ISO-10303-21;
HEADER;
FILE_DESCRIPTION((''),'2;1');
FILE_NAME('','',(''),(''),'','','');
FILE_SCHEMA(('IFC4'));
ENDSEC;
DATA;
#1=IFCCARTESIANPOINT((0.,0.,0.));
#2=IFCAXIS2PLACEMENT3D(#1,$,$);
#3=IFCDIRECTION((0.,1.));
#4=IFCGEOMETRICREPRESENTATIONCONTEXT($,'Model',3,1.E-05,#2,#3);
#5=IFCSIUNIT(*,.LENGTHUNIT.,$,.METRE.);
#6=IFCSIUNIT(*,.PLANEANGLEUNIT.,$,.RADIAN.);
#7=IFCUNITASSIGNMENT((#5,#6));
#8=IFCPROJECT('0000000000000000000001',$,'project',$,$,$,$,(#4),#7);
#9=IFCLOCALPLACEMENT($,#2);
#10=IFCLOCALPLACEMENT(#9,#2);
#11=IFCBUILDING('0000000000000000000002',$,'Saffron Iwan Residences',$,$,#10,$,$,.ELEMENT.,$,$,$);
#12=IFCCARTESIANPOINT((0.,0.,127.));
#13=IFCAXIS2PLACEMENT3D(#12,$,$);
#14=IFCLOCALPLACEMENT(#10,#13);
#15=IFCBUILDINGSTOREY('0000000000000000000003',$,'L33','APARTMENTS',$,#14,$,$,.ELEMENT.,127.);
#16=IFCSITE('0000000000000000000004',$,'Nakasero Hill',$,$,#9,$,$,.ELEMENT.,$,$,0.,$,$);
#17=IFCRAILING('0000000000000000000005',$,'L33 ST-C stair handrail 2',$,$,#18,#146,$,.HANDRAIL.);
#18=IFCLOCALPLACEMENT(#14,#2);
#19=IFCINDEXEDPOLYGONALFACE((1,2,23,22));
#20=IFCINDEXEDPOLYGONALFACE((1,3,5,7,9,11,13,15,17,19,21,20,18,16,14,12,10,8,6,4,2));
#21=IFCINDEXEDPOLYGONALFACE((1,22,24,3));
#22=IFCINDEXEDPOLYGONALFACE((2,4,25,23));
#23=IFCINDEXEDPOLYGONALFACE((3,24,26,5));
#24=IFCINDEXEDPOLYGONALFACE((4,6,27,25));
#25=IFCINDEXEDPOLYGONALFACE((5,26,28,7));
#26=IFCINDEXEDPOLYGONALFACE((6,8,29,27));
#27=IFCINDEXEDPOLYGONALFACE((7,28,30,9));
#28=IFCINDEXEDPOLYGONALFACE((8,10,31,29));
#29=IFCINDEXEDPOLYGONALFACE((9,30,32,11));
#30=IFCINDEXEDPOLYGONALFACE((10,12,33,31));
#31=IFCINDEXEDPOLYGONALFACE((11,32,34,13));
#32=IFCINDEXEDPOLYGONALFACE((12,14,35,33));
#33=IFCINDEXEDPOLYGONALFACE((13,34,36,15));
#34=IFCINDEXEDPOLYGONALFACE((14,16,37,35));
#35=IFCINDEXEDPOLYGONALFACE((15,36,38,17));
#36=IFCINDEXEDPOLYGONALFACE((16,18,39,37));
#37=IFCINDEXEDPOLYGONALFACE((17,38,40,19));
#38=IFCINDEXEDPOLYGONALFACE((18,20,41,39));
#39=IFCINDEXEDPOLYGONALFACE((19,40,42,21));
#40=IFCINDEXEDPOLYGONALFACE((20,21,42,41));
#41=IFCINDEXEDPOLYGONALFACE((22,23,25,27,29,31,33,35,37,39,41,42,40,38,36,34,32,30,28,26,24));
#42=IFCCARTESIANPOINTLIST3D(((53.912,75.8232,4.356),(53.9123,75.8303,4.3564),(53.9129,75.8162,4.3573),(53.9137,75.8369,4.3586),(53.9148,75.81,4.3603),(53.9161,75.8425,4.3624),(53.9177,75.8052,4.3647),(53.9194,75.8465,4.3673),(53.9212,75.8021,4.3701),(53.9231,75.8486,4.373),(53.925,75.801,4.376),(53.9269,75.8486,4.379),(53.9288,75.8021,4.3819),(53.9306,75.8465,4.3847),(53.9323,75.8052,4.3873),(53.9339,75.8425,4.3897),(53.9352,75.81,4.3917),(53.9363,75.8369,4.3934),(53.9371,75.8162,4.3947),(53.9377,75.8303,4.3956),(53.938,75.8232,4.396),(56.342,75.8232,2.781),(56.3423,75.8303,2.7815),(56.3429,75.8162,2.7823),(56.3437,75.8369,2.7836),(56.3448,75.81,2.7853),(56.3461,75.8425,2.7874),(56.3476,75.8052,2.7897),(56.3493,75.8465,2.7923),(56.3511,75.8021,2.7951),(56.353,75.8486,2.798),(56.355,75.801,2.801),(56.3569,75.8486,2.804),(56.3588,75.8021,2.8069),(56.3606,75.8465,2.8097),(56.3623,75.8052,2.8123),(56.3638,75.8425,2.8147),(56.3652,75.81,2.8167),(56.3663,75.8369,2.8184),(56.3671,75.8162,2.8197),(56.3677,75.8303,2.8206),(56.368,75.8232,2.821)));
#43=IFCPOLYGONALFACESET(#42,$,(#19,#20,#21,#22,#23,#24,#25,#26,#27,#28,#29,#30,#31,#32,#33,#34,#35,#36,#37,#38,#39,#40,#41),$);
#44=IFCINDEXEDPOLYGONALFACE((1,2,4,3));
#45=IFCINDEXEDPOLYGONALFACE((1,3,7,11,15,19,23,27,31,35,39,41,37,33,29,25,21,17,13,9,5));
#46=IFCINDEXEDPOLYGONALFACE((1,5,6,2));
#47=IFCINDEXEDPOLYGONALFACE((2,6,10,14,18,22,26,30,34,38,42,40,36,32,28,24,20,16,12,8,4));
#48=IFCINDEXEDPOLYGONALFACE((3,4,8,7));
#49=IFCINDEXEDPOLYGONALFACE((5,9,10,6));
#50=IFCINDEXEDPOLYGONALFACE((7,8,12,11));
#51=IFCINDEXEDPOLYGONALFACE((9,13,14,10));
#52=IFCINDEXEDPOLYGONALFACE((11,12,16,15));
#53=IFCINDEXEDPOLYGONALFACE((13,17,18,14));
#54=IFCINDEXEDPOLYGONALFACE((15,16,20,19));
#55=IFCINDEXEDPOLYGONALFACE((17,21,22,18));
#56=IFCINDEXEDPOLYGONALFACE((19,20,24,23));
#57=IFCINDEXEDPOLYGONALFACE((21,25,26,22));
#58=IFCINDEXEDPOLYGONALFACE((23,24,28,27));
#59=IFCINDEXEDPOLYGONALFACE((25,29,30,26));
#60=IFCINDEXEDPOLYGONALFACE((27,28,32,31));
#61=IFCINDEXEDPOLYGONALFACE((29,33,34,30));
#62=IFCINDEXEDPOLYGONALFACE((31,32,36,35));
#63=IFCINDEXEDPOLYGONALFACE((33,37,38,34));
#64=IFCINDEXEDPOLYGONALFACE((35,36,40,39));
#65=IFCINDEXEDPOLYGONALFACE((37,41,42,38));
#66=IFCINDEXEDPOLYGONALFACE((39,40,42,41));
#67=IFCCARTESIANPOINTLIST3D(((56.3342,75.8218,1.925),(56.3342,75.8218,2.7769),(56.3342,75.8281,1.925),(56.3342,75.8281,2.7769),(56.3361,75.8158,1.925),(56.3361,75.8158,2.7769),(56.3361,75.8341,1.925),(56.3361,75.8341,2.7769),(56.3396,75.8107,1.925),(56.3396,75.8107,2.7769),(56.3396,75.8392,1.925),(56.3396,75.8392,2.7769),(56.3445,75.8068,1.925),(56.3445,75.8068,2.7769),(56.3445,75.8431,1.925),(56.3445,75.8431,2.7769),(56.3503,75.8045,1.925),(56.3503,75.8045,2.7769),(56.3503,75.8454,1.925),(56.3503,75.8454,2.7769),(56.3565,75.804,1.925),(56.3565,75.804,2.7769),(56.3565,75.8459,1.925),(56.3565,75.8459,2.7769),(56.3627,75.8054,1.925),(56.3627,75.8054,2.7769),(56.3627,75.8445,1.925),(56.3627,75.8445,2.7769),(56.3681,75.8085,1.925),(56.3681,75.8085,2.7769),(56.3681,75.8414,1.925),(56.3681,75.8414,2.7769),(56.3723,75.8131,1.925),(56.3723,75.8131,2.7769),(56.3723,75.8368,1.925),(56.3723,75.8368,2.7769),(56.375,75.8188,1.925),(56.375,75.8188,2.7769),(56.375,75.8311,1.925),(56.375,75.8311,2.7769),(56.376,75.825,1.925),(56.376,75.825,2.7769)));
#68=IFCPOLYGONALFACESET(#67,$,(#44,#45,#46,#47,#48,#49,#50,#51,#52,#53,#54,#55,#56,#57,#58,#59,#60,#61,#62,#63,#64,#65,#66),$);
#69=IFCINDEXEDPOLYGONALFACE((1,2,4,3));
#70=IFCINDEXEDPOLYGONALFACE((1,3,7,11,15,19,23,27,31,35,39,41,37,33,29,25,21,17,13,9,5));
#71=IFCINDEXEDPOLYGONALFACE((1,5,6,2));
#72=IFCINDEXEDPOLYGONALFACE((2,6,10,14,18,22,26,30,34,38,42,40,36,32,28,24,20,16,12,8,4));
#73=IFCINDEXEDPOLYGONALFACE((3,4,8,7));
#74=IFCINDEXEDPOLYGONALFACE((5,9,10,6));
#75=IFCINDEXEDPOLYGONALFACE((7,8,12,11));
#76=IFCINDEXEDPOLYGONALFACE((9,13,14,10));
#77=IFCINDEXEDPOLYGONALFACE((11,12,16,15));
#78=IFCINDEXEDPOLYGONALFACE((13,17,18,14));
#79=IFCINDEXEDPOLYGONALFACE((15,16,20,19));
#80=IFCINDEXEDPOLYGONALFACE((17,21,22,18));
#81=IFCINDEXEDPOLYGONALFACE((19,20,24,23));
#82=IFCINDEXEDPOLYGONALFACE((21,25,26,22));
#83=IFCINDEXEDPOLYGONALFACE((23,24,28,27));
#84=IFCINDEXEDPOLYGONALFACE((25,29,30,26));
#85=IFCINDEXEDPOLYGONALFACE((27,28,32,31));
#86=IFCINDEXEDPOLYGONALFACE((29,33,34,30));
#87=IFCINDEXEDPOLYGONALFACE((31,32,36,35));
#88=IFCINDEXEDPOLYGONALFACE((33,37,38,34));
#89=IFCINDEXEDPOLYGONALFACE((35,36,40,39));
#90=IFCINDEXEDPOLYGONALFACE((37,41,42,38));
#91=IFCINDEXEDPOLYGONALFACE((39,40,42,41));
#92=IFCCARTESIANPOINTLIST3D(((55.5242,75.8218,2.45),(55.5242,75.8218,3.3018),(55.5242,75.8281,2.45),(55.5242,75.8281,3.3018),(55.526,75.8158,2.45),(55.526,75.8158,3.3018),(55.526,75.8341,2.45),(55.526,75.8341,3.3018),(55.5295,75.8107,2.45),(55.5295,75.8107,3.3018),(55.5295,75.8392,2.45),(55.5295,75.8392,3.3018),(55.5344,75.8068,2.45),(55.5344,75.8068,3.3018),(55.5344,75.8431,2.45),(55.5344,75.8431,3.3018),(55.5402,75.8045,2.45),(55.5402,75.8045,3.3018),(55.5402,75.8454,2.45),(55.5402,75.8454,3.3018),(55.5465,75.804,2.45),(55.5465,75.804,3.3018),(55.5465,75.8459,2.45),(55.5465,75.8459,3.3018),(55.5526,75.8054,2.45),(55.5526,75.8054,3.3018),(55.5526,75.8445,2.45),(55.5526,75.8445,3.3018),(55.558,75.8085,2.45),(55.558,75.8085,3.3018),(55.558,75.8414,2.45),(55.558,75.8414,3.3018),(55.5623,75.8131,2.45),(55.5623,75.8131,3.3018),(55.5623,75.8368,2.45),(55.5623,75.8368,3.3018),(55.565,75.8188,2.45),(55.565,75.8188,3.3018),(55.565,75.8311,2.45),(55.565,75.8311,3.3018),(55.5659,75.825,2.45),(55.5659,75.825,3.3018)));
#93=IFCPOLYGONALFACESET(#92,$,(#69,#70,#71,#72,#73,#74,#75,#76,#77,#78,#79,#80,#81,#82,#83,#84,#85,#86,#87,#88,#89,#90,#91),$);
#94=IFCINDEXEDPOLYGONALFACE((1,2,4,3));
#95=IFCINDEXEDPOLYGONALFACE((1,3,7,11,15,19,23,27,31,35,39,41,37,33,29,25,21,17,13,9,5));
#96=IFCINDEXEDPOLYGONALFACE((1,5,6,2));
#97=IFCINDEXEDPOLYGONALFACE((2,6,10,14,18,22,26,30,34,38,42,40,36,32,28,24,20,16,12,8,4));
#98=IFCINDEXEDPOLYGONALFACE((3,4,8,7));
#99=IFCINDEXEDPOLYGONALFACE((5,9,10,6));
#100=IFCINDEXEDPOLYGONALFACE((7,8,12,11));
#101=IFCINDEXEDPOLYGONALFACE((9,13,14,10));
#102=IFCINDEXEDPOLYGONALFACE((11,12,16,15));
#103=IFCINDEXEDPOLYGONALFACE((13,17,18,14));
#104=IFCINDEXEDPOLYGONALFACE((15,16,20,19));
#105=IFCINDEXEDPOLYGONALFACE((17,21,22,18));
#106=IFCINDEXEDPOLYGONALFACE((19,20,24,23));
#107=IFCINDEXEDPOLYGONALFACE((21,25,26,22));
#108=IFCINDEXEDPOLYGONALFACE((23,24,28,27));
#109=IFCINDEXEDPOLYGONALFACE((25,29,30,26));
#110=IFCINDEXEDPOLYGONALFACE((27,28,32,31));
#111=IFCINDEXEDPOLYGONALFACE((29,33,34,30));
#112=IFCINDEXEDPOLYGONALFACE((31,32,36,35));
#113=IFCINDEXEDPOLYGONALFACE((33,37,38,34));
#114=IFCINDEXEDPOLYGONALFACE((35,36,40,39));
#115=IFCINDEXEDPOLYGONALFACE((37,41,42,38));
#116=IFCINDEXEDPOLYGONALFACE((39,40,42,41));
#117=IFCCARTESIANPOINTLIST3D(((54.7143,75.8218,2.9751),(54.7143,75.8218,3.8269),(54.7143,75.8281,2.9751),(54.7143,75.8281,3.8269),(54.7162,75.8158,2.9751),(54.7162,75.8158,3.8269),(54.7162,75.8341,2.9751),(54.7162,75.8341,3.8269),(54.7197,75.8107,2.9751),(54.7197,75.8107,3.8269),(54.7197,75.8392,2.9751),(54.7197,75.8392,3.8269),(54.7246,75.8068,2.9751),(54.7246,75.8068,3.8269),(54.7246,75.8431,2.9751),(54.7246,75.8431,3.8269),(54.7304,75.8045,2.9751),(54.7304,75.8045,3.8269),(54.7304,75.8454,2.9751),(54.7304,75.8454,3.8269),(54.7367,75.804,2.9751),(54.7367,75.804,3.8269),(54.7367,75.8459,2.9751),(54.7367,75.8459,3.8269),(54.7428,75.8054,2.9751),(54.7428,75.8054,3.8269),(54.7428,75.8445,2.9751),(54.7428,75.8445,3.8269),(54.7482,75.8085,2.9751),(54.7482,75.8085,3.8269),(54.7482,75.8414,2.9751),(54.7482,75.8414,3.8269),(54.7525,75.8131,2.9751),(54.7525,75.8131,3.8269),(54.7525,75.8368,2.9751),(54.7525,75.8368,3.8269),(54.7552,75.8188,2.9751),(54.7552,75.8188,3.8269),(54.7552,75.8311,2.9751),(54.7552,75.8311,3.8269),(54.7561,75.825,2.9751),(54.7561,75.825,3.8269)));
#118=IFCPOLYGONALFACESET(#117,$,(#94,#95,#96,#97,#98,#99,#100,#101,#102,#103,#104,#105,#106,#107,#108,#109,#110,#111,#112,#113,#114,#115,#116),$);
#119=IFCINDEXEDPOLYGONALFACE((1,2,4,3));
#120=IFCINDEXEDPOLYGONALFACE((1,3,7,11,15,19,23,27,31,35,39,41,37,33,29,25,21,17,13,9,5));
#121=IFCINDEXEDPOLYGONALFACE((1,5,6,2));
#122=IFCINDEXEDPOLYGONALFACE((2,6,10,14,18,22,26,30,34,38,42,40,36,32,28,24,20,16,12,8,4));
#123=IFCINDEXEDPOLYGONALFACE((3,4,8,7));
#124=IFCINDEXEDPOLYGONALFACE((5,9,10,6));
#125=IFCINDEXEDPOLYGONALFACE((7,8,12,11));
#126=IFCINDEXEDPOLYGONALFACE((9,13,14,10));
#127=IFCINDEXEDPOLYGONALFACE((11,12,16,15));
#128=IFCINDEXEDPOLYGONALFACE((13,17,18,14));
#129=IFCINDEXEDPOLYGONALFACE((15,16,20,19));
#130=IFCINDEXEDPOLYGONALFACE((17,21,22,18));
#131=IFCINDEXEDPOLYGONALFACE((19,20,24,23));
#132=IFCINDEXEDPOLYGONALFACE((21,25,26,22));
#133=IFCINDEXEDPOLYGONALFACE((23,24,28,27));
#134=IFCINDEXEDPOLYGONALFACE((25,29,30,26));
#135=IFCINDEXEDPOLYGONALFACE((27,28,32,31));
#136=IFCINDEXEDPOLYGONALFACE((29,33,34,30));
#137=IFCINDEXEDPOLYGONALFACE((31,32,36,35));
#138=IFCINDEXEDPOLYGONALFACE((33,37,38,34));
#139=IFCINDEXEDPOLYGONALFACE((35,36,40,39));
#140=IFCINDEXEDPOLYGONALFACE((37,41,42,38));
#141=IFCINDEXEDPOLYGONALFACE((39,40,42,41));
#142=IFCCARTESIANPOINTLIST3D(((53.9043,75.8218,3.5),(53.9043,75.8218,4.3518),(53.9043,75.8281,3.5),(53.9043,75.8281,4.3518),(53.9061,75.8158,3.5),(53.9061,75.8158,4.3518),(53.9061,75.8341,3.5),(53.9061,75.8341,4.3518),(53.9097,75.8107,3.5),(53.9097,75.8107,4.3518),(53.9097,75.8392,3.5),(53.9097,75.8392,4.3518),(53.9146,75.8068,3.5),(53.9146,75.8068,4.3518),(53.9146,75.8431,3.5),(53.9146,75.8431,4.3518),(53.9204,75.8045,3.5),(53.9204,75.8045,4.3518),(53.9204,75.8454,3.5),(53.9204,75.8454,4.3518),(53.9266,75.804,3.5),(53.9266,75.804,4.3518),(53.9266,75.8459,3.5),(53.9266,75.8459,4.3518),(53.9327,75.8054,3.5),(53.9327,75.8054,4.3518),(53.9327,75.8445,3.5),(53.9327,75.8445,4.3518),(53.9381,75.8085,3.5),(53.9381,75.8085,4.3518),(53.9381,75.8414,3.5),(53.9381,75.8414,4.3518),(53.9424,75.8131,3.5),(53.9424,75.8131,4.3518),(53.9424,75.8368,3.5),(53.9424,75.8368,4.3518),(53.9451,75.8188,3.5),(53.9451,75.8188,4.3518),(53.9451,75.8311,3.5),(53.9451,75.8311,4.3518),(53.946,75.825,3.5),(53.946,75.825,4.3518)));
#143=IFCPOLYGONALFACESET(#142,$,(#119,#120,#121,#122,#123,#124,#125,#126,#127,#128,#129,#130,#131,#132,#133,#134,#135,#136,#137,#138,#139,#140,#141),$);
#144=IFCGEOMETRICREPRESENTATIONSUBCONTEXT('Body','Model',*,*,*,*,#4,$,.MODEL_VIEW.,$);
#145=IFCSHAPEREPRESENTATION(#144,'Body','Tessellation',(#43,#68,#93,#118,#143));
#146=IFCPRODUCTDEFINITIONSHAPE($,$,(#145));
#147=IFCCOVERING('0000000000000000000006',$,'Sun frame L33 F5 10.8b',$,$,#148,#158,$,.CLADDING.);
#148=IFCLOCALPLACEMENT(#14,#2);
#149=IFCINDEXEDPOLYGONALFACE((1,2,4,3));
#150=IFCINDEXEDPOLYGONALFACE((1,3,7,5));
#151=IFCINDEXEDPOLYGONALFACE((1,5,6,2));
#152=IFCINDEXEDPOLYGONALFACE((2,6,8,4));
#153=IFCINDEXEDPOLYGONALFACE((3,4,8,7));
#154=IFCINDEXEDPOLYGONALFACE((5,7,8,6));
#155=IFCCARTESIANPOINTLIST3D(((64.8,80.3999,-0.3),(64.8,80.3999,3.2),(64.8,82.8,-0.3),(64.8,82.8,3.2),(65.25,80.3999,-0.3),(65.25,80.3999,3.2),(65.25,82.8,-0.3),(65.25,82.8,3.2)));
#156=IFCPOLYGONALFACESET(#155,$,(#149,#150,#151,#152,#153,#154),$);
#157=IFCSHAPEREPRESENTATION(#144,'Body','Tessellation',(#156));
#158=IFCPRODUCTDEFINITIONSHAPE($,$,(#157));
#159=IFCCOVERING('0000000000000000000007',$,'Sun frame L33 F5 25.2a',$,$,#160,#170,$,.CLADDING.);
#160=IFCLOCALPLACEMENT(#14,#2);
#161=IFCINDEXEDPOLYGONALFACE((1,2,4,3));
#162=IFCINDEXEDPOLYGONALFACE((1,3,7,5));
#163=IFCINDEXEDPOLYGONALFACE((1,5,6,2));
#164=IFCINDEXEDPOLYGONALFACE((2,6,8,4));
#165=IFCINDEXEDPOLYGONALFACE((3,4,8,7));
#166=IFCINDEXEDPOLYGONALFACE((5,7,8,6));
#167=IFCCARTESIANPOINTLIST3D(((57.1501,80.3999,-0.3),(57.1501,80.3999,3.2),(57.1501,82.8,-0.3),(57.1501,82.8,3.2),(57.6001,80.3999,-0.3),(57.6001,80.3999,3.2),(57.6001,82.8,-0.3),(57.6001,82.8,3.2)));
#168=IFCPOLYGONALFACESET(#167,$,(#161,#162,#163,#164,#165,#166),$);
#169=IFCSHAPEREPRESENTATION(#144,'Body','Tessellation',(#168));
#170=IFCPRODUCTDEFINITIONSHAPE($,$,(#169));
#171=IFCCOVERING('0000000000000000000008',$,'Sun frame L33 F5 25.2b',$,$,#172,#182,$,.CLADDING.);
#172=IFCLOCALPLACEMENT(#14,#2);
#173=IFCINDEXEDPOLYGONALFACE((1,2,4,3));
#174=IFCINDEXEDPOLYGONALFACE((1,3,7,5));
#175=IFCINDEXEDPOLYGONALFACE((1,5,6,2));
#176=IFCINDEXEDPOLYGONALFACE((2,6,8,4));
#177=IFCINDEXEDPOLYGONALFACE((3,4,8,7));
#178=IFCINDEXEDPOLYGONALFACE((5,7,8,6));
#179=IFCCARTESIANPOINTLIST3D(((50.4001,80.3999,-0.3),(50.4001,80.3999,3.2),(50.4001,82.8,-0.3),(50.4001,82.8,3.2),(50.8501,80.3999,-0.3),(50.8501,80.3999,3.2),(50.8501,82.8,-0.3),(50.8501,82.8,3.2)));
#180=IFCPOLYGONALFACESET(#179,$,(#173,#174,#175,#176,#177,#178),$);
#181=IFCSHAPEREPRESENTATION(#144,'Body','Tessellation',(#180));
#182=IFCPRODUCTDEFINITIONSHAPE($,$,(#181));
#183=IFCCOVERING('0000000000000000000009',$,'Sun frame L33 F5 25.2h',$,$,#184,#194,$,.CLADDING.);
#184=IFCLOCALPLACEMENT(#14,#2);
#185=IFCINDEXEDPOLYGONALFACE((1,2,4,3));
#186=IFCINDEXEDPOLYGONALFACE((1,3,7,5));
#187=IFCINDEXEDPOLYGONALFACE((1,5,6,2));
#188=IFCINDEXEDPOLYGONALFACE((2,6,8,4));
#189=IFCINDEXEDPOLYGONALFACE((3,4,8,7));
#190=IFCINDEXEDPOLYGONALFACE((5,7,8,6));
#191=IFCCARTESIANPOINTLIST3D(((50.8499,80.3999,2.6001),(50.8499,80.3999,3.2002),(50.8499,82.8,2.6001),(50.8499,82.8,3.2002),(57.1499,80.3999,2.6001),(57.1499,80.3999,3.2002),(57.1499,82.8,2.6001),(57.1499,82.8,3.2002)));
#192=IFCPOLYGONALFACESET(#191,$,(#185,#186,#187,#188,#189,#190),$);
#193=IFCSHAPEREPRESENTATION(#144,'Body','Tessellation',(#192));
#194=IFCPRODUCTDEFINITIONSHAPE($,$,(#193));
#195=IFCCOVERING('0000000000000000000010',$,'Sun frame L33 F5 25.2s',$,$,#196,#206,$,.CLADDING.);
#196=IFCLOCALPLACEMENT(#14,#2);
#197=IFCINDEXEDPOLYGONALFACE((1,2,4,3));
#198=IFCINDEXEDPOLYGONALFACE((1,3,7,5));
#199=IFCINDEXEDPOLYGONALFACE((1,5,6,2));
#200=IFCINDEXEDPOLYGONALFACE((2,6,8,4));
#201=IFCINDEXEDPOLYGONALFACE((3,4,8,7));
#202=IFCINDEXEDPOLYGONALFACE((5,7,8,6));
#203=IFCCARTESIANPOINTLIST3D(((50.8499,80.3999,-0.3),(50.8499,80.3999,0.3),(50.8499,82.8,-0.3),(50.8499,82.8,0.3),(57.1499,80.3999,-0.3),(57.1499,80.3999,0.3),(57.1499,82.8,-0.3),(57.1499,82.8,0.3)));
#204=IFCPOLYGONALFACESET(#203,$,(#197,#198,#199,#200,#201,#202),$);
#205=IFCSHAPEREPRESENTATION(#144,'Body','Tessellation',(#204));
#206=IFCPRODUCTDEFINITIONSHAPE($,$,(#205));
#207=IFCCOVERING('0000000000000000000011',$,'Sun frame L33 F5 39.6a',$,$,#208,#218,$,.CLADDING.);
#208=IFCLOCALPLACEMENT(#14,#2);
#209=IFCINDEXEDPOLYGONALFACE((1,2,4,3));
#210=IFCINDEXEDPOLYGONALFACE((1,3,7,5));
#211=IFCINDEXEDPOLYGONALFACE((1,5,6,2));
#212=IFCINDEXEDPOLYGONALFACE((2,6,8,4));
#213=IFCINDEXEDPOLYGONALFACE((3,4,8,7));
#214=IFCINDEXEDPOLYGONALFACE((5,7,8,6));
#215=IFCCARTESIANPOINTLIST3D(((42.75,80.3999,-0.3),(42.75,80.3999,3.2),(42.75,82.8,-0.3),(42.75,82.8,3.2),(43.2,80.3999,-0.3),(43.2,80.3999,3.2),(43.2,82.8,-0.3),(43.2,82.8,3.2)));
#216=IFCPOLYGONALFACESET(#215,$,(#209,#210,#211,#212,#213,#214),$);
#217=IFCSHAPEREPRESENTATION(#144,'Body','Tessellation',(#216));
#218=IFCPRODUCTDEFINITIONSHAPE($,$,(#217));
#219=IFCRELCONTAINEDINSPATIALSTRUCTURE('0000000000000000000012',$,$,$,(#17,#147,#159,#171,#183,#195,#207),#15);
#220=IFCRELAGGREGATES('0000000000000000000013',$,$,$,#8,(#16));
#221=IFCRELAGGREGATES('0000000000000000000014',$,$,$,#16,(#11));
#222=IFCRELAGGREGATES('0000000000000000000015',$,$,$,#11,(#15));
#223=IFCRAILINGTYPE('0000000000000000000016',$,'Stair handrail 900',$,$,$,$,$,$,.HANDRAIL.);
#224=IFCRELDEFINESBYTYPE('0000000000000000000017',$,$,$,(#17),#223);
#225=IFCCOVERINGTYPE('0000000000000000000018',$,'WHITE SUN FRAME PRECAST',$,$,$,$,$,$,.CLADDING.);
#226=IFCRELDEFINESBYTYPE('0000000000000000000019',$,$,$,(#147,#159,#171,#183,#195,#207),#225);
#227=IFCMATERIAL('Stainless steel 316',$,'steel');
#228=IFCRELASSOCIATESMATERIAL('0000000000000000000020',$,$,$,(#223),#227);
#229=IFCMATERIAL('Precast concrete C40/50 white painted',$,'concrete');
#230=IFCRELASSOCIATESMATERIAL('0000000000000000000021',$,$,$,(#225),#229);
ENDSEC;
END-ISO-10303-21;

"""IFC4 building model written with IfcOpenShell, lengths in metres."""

from ifc_helpers import new_model, si_unit, direction, frame, origin, origin_2d, place, context, subcontext, project, spatial, polyline, circle, outline, extrude, material, type_object, element, save


model = new_model("IFC4")

# Units and contexts
model_context = context("Model", 3, precision=1e-05, world=origin(), true_north=direction((0.0, 1.0)))
body_context = subcontext(model_context, "Body", "Model", "MODEL_VIEW")
ifc_project = project(units=[si_unit("LENGTHUNIT", "METRE"), si_unit("PLANEANGLEUNIT", "RADIAN")], contexts=[model_context])

# Site, building, storey
site_placement = place(None, origin())
site = spatial("IfcSite", under=ifc_project, at=site_placement, Name="Nakasero Hill", CompositionType="ELEMENT", RefElevation=0.0)
building_placement = place(site_placement, origin())
building = spatial("IfcBuilding", under=site, at=building_placement, Name="Saffron Iwan Residences", CompositionType="ELEMENT")
storey_placement = place(building_placement, frame((0.0, 0.0, 127.0)))
storey = spatial("IfcBuildingStorey", under=building, at=storey_placement, Name="L33", Description="APARTMENTS", CompositionType="ELEMENT", Elevation=127.0)

# Railing
ifc_material_1 = material(Name="Stainless steel 316", Category="steel")
railing_type = type_object("IfcRailingType", Name="Stair handrail 900", PredefinedType="HANDRAIL", material=ifc_material_1)
railing_placement = place(storey_placement, frame((56.355, 75.825, 1.925)))
element("IfcRailing", 1, at=railing_placement, inside=storey, type_object=railing_type, Name="L33 ST-C stair handrail 2", PredefinedType="HANDRAIL", context=body_context, shape_type="SweptSolid", body=[
    extrude(circle(Radius=0.0239, at=origin_2d()), frame((0.0, 0.0, 0.876), z_axis=(-0.839154, 0.0, 0.543894), x_axis=(0.0, -1.0, 0.0)), (0.0, 0.0, 1.0), 2.8958),
    extrude(circle(Radius=0.021, at=origin_2d()), origin(), (0.0, 0.0, 1.0), 0.8518),
    extrude(circle(Radius=0.021, at=origin_2d()), frame((-0.8101, 0.0, 0.5249)), (0.0, 0.0, 1.0), 0.8518),
    extrude(circle(Radius=0.021, at=origin_2d()), frame((-1.6199, 0.0, 1.05)), (0.0, 0.0, 1.0), 0.8518),
    extrude(circle(Radius=0.021, at=origin_2d()), frame((-2.4299, 0.0, 1.575)), (0.0, 0.0, 1.0), 0.8518),
])

# Coverings
ifc_material_2 = material(Name="Precast concrete C40/50 white painted", Category="concrete")
covering_type_1 = type_object("IfcCoveringType", Name="WHITE SUN FRAME PRECAST", PredefinedType="CLADDING", material=ifc_material_2)
for number, where, z_axis, x_axis, name in (
    (2, (65.25, 80.3999, -0.3), (0.0, 1.0, 0.0), (-1.0, 0.0, 0.0), "Sun frame L33 F5 10.8b"),
    (3, (57.6001, 80.3999, -0.3), (0.0, 1.0, 0.0), (-1.0, 0.0, 0.0), "Sun frame L33 F5 25.2a"),
    (4, (50.8501, 80.3999, -0.3), (0.0, 1.0, 0.0), (-1.0, 0.0, 0.0), "Sun frame L33 F5 25.2b"),
):
    element("IfcCovering", number, at=place(storey_placement, frame(where, z_axis=z_axis, x_axis=x_axis)), inside=storey, type_object=covering_type_1, Name=name, PredefinedType="CLADDING", context=body_context, shape_type="SweptSolid", body=[
        extrude(outline(polyline([(0.0, 0.0), (0.45, 0.0), (0.45, 3.5), (0.0, 3.5), (0.0, 0.0)])), origin(), (0.0, 0.0, 1.0), 2.4001),
    ])
for number, where, z_axis, x_axis, name in (
    (5, (57.1499, 80.3999, 2.6001), (0.0, 1.0, 0.0), (-1.0, 0.0, 0.0), "Sun frame L33 F5 25.2h"),
    (6, (57.1499, 80.3999, -0.3), (0.0, 1.0, 0.0), (-1.0, 0.0, 0.0), "Sun frame L33 F5 25.2s"),
):
    element("IfcCovering", number, at=place(storey_placement, frame(where, z_axis=z_axis, x_axis=x_axis)), inside=storey, type_object=covering_type_1, Name=name, PredefinedType="CLADDING", context=body_context, shape_type="SweptSolid", body=[
        extrude(outline(polyline([(0.0, 0.0), (6.3, 0.0), (6.3, 0.6001), (0.0, 0.6001), (0.0, 0.0)])), origin(), (0.0, 0.0, 1.0), 2.4001),
    ])
covering_placement = place(storey_placement, frame((43.2, 80.3999, -0.3), z_axis=(0.0, 1.0, 0.0), x_axis=(-1.0, 0.0, 0.0)))
element("IfcCovering", 7, at=covering_placement, inside=storey, type_object=covering_type_1, Name="Sun frame L33 F5 39.6a", PredefinedType="CLADDING", context=body_context, shape_type="SweptSolid", body=[
    extrude(outline(polyline([(0.0, 0.0), (0.45, 0.0), (0.45, 3.5), (0.0, 3.5), (0.0, 0.0)])), origin(), (0.0, 0.0, 1.0), 2.4001),
])

save(model, "model.ifc")
